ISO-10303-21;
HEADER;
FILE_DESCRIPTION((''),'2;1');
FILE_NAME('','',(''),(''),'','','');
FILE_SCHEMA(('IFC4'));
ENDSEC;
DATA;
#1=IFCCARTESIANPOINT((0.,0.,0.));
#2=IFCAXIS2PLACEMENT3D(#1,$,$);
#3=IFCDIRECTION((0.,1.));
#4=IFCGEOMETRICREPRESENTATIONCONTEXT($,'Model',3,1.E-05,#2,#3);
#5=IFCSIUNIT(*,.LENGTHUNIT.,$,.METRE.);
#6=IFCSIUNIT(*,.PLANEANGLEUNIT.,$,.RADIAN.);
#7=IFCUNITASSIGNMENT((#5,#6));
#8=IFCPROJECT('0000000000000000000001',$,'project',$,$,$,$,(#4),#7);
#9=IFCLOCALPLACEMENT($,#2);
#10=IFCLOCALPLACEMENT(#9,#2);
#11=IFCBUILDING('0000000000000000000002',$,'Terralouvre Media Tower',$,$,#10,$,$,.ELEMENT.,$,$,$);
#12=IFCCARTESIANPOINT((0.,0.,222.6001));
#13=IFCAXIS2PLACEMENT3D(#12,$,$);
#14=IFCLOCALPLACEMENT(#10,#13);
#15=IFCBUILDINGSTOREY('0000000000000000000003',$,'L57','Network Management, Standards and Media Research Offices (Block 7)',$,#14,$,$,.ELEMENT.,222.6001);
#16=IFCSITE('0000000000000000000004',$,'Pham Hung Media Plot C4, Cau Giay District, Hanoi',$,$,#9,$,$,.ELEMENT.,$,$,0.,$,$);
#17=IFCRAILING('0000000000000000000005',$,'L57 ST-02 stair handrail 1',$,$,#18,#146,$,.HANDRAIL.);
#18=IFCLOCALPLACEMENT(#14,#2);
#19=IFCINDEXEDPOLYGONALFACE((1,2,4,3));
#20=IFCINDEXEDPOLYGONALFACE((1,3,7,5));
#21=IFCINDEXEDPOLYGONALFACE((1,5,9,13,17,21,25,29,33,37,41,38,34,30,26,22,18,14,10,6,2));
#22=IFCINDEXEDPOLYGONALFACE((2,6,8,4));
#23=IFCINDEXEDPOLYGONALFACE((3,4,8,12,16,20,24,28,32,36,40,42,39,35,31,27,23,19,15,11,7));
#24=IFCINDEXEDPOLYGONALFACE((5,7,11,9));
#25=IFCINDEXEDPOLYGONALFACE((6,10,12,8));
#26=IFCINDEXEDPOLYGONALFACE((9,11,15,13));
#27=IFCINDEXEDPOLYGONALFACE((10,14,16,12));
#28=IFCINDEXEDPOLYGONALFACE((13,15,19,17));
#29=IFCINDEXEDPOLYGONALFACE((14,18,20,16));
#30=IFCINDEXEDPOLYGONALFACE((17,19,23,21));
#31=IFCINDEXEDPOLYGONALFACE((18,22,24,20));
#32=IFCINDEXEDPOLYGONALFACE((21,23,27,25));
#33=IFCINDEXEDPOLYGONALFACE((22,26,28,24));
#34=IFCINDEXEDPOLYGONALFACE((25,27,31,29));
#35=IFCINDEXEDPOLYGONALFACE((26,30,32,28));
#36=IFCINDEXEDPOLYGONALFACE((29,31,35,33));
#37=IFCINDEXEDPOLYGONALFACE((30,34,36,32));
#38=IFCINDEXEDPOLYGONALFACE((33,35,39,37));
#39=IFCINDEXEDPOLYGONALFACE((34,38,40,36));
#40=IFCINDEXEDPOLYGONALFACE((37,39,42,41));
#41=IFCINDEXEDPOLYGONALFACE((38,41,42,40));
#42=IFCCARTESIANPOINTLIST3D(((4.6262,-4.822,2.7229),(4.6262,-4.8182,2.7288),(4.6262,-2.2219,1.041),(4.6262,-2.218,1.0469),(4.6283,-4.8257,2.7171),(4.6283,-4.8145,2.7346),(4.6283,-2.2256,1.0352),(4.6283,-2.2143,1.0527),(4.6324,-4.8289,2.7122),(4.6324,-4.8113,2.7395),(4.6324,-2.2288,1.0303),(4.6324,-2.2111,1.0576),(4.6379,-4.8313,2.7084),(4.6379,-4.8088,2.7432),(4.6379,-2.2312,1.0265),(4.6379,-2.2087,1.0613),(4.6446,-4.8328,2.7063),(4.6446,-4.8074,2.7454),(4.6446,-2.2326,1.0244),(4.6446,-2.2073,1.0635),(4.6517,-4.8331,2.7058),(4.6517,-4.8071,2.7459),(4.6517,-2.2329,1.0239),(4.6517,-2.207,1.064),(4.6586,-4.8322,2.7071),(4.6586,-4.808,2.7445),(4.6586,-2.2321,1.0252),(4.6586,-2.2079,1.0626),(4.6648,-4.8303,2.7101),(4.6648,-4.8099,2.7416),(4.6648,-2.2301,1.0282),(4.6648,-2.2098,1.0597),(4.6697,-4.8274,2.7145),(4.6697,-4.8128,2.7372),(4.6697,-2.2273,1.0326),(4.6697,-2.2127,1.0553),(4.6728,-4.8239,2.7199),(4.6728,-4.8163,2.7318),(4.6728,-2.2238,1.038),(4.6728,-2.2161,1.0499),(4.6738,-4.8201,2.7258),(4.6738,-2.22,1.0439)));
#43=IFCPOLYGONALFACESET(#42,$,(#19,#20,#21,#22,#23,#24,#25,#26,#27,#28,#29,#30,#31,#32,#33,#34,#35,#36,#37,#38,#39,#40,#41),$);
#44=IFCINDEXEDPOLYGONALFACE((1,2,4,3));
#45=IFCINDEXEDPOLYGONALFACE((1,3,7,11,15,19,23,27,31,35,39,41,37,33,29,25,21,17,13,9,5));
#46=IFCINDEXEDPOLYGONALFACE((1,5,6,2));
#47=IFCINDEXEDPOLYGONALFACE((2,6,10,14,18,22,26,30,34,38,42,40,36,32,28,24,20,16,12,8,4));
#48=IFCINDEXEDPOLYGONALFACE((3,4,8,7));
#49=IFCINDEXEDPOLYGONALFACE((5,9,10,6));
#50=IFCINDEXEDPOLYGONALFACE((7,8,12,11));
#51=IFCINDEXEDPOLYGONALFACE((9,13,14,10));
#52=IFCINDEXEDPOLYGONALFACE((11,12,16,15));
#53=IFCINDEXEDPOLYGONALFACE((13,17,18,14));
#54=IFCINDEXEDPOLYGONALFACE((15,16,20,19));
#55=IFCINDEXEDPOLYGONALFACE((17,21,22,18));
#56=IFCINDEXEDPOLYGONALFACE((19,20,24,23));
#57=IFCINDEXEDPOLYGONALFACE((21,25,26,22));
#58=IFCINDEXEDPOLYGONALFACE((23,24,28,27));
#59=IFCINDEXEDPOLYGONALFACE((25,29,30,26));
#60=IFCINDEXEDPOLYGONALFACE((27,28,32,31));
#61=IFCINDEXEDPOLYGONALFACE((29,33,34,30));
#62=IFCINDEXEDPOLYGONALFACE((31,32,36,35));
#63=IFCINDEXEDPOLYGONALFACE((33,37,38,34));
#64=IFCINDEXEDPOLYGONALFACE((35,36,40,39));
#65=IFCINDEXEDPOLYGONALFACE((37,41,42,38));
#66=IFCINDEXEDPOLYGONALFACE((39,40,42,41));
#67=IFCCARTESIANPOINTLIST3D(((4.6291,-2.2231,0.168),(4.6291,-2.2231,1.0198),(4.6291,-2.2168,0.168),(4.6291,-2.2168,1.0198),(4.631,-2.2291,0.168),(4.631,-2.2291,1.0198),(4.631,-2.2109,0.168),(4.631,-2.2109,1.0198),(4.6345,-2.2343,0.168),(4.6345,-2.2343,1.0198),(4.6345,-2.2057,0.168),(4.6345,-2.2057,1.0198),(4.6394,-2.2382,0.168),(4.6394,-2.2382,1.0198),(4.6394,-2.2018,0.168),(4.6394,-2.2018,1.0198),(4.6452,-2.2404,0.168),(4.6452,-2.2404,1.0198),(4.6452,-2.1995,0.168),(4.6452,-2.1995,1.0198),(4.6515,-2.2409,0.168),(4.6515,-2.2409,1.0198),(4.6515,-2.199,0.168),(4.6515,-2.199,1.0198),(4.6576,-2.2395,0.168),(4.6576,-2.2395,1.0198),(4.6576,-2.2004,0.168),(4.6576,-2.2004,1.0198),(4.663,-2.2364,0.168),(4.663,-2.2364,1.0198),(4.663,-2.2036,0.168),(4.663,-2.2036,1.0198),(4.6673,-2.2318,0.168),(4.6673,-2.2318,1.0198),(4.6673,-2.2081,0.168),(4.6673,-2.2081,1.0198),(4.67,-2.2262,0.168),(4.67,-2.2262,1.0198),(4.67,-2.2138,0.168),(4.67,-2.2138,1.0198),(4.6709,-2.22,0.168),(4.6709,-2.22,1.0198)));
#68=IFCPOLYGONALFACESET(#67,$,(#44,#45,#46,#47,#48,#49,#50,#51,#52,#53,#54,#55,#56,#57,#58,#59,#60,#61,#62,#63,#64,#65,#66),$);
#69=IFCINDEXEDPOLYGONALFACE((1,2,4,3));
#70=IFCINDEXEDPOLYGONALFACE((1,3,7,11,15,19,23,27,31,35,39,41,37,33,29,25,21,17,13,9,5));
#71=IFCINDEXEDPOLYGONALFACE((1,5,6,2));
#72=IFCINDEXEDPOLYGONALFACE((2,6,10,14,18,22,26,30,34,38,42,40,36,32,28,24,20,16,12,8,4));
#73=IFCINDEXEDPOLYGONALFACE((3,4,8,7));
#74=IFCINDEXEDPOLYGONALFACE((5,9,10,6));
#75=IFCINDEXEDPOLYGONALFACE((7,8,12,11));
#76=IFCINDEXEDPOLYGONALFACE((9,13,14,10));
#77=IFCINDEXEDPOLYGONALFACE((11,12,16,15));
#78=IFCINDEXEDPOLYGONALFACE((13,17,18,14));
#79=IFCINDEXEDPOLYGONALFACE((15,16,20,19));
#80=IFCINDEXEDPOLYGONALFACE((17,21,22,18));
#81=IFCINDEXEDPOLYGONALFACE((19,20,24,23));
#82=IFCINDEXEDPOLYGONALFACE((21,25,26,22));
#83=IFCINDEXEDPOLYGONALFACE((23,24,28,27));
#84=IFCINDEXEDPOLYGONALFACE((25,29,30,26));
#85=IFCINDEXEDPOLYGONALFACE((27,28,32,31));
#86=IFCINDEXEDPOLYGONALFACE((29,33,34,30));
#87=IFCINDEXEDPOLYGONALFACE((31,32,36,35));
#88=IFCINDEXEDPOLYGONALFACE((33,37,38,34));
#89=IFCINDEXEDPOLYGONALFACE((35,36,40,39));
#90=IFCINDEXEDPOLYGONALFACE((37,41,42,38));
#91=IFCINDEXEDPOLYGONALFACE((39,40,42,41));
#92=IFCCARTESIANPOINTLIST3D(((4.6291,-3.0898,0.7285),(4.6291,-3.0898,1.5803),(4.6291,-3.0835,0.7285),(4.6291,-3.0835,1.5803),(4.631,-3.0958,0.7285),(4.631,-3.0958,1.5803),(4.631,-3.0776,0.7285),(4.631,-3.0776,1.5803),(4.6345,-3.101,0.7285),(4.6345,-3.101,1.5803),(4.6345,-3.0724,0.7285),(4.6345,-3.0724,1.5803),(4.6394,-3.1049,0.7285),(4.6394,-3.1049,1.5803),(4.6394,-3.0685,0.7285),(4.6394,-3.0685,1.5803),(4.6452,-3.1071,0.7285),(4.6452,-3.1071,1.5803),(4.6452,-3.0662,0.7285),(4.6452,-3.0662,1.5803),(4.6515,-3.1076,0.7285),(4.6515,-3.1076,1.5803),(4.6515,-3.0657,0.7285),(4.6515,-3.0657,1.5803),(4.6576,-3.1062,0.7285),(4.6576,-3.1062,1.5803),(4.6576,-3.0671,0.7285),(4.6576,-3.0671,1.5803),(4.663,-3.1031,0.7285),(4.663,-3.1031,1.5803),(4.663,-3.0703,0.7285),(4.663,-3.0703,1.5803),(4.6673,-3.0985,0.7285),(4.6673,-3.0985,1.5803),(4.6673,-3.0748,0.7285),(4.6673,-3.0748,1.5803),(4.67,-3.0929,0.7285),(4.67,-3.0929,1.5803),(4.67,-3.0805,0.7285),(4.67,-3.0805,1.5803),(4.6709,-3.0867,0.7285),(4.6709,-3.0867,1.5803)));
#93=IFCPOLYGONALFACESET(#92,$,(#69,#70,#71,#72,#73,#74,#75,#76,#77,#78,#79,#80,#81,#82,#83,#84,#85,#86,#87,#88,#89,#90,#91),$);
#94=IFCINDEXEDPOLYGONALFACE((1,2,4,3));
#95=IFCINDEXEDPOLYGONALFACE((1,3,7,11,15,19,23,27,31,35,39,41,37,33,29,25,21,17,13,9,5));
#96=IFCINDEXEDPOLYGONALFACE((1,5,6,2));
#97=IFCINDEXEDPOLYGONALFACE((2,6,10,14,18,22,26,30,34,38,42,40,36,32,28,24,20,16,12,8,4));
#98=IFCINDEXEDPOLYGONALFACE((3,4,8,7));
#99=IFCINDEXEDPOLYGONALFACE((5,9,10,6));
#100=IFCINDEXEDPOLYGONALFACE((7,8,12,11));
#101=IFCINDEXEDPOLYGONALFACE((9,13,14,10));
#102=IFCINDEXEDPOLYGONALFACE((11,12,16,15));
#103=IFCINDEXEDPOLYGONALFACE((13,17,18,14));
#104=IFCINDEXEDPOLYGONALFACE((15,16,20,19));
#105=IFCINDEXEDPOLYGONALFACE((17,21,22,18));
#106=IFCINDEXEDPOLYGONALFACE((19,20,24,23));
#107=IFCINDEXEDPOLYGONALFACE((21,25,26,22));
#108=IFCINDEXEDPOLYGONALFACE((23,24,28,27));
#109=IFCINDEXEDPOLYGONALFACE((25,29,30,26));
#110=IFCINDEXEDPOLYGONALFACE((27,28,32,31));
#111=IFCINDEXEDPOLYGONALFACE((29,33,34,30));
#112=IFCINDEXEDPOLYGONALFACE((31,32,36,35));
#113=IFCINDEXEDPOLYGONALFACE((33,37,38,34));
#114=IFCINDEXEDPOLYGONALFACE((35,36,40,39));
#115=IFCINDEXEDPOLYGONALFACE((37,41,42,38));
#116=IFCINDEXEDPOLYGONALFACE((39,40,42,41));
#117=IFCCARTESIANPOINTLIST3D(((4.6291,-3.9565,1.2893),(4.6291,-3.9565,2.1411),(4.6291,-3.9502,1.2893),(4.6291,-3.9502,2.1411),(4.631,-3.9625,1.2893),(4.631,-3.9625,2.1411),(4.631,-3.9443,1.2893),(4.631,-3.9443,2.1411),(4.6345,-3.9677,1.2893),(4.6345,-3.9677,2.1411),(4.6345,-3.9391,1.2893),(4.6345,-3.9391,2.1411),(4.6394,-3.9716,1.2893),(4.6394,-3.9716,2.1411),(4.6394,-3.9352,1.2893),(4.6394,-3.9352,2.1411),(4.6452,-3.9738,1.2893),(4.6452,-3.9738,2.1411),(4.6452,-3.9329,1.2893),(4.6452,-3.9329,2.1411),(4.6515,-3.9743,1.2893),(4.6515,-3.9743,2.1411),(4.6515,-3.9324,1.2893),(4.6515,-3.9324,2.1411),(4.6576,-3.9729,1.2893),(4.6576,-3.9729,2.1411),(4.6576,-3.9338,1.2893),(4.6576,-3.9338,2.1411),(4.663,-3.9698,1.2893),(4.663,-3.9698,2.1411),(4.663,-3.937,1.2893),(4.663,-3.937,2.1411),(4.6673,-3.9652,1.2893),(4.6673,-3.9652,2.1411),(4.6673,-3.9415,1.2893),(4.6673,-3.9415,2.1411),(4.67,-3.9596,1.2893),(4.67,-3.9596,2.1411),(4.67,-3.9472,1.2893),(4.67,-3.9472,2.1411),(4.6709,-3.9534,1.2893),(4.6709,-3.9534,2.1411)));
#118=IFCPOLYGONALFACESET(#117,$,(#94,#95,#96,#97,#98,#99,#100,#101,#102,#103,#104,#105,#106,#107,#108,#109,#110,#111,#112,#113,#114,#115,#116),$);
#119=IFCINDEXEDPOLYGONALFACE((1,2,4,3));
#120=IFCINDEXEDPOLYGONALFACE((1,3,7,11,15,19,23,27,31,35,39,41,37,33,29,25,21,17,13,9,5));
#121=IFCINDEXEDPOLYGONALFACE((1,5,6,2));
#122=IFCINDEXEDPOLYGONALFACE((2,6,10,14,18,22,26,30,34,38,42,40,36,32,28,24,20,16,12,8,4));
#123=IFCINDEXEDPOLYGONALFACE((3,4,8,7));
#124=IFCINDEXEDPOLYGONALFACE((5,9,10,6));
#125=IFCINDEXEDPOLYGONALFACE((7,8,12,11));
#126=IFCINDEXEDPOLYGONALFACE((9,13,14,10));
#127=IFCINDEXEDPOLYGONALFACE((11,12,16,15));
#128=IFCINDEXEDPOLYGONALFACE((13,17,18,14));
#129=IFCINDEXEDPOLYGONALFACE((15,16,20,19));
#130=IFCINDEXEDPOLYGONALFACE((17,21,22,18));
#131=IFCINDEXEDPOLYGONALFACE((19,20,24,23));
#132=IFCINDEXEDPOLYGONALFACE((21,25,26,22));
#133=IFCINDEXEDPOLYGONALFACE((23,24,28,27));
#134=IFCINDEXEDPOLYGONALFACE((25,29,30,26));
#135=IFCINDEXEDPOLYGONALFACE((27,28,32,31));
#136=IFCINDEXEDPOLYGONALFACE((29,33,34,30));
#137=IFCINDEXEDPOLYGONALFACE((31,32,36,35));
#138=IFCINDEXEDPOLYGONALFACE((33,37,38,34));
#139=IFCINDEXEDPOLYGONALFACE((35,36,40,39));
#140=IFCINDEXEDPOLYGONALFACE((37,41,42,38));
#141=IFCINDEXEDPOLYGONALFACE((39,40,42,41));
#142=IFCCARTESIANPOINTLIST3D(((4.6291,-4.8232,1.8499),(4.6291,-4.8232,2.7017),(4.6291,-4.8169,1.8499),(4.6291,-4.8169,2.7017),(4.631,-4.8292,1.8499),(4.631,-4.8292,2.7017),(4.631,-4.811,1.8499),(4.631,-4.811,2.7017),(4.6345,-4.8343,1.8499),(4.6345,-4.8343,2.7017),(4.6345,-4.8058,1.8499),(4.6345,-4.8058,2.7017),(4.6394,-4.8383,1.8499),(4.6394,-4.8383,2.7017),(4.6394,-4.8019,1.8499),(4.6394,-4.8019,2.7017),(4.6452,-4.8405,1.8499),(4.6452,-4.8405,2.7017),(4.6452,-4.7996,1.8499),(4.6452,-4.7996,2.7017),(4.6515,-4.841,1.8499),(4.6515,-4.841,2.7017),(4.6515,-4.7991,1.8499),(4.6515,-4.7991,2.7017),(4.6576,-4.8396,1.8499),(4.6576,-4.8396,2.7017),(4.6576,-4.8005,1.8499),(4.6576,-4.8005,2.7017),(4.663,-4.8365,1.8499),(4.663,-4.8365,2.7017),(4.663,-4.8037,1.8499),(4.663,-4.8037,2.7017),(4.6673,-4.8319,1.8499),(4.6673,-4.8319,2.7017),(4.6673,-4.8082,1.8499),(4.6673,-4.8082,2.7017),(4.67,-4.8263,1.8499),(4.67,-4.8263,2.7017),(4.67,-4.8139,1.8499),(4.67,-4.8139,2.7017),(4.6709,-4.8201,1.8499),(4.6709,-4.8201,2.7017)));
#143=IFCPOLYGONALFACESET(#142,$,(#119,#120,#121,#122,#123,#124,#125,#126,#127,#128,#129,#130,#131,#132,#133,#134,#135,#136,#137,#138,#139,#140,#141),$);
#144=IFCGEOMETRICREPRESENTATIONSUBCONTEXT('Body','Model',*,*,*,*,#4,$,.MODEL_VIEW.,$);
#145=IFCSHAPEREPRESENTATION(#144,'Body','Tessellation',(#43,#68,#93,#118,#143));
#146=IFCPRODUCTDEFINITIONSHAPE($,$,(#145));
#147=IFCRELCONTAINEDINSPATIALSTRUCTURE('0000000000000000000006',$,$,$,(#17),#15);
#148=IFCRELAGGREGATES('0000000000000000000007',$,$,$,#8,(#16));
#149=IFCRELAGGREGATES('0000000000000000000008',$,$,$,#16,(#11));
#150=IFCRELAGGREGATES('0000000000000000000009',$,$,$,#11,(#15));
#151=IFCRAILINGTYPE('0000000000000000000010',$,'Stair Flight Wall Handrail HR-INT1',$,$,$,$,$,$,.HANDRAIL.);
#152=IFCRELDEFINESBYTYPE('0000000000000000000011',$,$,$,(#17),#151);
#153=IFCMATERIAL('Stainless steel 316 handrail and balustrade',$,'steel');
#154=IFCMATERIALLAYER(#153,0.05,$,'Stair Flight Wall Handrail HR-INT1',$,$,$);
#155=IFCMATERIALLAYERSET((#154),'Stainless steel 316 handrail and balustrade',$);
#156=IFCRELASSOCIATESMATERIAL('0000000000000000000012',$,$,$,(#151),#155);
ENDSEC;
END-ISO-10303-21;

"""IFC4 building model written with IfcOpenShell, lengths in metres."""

from ifc_helpers import new_model, si_unit, direction, frame, origin, origin_2d, place, context, subcontext, project, spatial, circle, extrude, material, layer, layer_set, type_object, element, save


model = new_model("IFC4")

# Units and contexts
model_context = context("Model", 3, precision=1e-05, world=origin(), true_north=direction((0.0, 1.0)))
body_context = subcontext(model_context, "Body", "Model", "MODEL_VIEW")
ifc_project = project(units=[si_unit("LENGTHUNIT", "METRE"), si_unit("PLANEANGLEUNIT", "RADIAN")], contexts=[model_context])

# Site, building, storey
site_placement = place(None, origin())
site = spatial("IfcSite", under=ifc_project, at=site_placement, Name="Pham Hung Media Plot C4, Cau Giay District, Hanoi", CompositionType="ELEMENT", RefElevation=0.0)
building_placement = place(site_placement, origin())
building = spatial("IfcBuilding", under=site, at=building_placement, Name="Terralouvre Media Tower", CompositionType="ELEMENT")
storey_placement = place(building_placement, frame((0.0, 0.0, 222.6001)))
storey = spatial("IfcBuildingStorey", under=building, at=storey_placement, Name="L57", Description="Network Management, Standards and Media Research Offices (Block 7)", CompositionType="ELEMENT", Elevation=222.6001)

# Railing
ifc_material_1 = material(Name="Stainless steel 316 handrail and balustrade", Category="steel")
ifc_layer_1 = layer(ifc_material_1, 0.05, Name="Stair Flight Wall Handrail HR-INT1")
ifc_layer_set_1 = layer_set([ifc_layer_1], Name="Stainless steel 316 handrail and balustrade")
railing_type_1 = type_object("IfcRailingType", Name="Stair Flight Wall Handrail HR-INT1", PredefinedType="HANDRAIL", material=ifc_layer_set_1)
railing_1_placement = place(storey_placement, frame((4.6499, -2.22, 0.168)))
element("IfcRailing", 1, at=railing_1_placement, inside=storey, type_object=railing_type_1, Name="L57 ST-02 stair handrail 1", PredefinedType="HANDRAIL", context=body_context, shape_type="SweptSolid", body=[
    extrude(circle(Radius=0.0239, at=origin_2d()), frame((0.0, 0.0, 0.876), z_axis=(0.0, -0.839648, 0.54313), x_axis=(1.0, 0.0, 0.0)), (0.0, 0.0, 1.0), 3.0967),
    extrude(circle(Radius=0.021, at=origin_2d()), origin(), (0.0, 0.0, 1.0), 0.8518),
    extrude(circle(Radius=0.021, at=origin_2d()), frame((0.0, -0.8667, 0.5605)), (0.0, 0.0, 1.0), 0.8518),
    extrude(circle(Radius=0.021, at=origin_2d()), frame((0.0, -1.7334, 1.1213)), (0.0, 0.0, 1.0), 0.8518),
    extrude(circle(Radius=0.021, at=origin_2d()), frame((0.0, -2.6001, 1.6819)), (0.0, 0.0, 1.0), 0.8518),
])

save(model, "model.ifc")
